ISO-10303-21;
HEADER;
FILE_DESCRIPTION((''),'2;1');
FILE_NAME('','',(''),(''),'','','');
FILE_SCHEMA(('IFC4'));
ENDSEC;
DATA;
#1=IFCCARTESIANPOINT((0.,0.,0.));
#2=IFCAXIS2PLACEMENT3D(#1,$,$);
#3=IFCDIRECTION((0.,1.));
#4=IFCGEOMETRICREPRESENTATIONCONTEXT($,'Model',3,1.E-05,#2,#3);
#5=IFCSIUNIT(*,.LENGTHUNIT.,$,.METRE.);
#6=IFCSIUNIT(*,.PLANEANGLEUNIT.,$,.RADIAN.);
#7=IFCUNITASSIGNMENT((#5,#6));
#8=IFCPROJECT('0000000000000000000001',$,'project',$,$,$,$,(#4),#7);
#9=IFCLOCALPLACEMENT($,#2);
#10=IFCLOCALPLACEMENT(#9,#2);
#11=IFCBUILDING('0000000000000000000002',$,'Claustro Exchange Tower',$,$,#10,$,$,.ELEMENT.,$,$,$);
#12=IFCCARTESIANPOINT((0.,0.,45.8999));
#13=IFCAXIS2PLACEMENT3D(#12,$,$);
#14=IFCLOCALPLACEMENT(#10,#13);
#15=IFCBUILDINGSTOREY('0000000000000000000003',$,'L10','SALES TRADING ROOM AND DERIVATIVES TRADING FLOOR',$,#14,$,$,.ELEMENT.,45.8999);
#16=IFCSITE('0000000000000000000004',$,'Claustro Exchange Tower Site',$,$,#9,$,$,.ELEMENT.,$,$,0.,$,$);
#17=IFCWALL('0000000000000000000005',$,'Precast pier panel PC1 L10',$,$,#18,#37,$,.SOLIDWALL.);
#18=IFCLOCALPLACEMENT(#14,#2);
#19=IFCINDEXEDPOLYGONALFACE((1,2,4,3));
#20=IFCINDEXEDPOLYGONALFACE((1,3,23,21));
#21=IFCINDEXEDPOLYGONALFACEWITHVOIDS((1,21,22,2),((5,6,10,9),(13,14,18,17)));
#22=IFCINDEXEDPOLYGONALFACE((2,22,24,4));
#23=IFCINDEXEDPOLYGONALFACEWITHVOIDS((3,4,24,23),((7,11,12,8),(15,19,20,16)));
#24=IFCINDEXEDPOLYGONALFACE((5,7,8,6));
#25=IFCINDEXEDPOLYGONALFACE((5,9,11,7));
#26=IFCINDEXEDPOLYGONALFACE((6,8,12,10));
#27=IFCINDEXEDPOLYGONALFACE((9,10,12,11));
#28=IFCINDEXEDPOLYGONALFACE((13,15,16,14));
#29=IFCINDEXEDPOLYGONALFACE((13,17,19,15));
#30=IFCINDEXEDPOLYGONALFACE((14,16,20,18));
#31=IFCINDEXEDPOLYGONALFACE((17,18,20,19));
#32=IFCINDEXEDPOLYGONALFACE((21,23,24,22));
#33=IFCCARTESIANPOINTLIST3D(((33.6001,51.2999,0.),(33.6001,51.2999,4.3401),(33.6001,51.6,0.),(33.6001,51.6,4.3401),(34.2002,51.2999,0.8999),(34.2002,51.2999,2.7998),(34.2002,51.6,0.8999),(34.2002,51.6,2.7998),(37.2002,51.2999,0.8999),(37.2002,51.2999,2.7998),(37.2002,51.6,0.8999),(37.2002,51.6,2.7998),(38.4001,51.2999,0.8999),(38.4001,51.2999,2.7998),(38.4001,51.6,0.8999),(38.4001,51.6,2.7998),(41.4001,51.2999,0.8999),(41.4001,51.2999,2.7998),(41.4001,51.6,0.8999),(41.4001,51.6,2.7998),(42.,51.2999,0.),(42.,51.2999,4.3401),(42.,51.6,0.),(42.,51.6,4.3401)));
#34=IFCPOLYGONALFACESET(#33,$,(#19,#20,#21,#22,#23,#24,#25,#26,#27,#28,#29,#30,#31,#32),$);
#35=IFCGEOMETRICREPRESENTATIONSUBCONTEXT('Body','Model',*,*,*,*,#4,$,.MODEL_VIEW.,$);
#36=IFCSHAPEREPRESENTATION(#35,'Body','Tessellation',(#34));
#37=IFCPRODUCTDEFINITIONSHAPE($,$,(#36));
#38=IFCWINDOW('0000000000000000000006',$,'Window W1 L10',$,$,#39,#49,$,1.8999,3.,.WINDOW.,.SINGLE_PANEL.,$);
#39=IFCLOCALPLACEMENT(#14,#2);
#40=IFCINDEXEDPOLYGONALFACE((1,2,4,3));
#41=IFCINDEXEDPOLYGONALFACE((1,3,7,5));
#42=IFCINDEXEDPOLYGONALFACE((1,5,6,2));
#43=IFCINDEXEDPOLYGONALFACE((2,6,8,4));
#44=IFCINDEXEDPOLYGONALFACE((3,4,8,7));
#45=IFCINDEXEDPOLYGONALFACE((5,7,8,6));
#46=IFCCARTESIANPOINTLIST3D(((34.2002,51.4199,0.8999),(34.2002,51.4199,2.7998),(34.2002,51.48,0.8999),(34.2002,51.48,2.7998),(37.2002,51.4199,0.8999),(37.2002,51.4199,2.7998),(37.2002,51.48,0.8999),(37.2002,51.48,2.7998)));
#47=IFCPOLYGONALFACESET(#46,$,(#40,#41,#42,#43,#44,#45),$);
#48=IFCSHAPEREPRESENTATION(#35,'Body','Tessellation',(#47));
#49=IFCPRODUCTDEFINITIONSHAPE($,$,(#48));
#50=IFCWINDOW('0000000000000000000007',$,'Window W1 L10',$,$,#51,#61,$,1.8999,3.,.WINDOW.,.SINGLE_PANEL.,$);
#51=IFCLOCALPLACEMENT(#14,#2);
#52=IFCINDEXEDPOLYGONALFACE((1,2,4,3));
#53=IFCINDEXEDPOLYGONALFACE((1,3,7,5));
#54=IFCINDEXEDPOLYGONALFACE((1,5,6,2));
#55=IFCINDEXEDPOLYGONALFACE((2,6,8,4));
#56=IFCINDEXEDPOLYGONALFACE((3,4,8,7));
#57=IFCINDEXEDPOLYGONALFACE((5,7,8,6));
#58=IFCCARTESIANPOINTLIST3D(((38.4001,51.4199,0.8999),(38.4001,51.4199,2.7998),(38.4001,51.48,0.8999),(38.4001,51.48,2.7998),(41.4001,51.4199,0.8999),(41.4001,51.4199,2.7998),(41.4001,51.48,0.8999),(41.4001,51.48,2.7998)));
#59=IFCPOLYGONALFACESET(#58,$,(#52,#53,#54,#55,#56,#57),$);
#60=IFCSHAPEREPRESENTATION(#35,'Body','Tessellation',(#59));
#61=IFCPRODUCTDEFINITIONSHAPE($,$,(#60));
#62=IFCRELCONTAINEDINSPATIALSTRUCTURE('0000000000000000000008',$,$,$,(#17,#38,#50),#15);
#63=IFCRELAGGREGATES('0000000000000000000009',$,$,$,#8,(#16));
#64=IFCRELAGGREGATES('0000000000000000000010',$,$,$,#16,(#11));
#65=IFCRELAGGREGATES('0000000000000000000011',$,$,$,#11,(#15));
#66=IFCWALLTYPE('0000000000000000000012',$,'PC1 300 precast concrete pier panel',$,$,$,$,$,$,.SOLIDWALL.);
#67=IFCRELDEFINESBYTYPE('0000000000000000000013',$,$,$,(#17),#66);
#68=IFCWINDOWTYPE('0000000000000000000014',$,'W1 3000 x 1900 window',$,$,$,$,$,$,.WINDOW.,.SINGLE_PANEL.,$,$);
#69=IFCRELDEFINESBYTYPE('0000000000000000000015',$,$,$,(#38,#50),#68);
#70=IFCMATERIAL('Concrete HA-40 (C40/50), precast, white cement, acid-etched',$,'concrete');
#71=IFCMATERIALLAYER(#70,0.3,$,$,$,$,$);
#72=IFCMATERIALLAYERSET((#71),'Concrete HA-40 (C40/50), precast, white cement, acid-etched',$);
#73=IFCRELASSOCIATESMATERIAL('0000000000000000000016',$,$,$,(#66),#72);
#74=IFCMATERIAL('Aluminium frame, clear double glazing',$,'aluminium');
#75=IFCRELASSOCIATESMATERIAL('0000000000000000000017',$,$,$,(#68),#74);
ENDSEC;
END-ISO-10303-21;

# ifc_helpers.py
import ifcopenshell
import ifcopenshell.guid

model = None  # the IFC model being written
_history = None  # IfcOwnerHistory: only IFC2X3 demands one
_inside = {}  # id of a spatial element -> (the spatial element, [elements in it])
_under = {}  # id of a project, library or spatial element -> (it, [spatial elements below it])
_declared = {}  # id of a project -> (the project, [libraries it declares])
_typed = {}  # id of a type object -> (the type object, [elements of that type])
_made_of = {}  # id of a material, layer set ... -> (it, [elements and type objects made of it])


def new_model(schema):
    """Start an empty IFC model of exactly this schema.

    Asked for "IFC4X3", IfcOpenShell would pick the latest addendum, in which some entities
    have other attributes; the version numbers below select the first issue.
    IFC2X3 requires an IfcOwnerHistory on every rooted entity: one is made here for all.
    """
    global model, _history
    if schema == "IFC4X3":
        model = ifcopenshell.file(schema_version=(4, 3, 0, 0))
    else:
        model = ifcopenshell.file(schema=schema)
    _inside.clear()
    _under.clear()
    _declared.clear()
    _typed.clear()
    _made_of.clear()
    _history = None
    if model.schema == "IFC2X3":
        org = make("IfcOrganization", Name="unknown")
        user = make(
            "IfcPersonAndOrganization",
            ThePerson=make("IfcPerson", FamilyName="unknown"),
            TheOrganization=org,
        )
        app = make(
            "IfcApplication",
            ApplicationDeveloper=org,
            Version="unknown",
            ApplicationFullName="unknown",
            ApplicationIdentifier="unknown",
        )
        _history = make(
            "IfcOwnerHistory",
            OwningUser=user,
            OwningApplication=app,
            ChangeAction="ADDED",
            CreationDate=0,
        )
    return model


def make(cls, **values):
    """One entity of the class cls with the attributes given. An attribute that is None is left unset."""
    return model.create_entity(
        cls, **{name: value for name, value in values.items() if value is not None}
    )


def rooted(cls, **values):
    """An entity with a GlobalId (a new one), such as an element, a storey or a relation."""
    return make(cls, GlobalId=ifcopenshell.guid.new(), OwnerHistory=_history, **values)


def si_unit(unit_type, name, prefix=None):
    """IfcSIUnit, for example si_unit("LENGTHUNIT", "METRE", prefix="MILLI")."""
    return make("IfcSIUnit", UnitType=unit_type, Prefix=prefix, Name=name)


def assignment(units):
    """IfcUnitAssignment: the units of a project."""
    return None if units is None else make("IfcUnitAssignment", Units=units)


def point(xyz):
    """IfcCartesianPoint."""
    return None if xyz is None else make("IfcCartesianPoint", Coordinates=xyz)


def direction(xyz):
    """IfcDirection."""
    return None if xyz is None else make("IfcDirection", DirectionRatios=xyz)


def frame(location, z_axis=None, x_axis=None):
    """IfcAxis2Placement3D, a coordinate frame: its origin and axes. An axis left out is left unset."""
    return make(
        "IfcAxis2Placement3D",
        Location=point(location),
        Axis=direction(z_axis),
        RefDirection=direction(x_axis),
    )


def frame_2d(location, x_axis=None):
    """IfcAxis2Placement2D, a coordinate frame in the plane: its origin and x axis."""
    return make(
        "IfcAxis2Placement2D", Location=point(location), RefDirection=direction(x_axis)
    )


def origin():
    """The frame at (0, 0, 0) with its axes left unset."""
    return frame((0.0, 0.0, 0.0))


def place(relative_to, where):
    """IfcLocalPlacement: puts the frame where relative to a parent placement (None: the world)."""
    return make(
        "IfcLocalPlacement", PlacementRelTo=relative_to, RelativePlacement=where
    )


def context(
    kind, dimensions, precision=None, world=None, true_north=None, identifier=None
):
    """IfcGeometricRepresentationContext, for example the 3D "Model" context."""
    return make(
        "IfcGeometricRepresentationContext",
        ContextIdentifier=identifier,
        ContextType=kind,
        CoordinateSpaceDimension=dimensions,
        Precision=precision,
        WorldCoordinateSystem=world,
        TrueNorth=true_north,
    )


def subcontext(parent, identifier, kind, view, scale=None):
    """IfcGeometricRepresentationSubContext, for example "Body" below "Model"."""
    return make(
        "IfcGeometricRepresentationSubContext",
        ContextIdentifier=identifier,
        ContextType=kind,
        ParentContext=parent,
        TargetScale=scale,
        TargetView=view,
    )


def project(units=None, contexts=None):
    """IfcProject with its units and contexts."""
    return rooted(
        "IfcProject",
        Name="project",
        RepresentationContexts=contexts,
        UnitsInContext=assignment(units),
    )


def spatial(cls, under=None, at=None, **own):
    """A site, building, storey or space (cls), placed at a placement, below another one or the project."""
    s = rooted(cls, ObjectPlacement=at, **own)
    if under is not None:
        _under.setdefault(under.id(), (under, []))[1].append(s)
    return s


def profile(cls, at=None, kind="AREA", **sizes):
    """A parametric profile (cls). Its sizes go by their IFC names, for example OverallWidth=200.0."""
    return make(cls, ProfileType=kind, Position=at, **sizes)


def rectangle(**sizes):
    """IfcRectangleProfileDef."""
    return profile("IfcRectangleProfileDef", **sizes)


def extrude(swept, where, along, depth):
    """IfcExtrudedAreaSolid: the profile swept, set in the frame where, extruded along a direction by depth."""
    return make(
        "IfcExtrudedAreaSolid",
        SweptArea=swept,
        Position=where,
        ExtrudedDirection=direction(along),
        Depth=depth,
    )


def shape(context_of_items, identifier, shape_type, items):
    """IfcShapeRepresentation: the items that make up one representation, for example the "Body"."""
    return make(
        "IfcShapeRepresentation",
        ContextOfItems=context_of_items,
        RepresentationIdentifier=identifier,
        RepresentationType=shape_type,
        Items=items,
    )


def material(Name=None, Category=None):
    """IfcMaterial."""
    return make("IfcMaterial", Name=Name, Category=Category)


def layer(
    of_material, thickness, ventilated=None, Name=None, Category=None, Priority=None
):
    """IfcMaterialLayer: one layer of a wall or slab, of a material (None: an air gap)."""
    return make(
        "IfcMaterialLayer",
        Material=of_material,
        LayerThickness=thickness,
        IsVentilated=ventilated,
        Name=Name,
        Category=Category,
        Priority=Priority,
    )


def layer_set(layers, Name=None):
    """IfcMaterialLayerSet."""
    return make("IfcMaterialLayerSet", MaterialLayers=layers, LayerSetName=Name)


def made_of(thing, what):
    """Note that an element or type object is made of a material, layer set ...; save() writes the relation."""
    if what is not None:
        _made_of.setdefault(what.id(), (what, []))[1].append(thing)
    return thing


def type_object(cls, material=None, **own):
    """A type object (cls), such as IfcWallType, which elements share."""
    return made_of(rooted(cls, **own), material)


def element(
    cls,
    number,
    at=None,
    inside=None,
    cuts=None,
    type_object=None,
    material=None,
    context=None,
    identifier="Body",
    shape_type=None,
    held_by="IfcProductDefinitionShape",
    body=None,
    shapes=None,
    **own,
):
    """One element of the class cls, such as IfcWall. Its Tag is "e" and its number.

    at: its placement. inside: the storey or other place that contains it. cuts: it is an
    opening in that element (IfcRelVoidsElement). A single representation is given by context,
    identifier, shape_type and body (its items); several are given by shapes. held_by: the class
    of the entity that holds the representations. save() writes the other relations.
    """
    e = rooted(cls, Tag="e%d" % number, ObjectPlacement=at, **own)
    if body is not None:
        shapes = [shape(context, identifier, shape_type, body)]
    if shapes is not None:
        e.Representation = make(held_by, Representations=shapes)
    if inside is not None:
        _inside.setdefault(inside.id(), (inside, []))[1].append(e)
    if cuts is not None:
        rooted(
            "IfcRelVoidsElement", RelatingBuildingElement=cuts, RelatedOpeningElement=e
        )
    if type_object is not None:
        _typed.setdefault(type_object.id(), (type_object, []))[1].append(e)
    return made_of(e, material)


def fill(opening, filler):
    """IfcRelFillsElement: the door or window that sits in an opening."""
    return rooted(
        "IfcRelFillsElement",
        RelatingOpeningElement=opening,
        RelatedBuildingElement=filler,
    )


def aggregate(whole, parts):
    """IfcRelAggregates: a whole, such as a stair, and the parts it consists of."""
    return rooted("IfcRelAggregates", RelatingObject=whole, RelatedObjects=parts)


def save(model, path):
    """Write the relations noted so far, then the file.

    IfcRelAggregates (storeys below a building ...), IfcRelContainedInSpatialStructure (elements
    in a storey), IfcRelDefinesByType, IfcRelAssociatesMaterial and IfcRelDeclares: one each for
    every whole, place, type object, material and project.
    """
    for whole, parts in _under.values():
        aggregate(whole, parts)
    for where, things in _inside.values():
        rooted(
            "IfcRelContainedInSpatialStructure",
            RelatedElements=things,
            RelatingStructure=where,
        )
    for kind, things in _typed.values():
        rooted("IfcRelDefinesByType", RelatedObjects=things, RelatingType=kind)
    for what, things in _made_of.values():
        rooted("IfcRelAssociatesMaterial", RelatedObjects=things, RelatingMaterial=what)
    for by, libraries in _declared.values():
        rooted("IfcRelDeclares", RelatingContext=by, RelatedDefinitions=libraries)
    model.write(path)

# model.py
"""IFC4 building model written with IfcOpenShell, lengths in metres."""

from ifc_helpers import new_model, si_unit, direction, frame, frame_2d, origin, place, context, subcontext, project, spatial, rectangle, extrude, material, layer, layer_set, type_object, element, fill, save


model = new_model("IFC4")

# Units and contexts
model_context = context("Model", 3, precision=1e-05, world=origin(), true_north=direction((0.0, 1.0)))
body_context = subcontext(model_context, "Body", "Model", "MODEL_VIEW")
ifc_project = project(units=[si_unit("LENGTHUNIT", "METRE"), si_unit("PLANEANGLEUNIT", "RADIAN")], contexts=[model_context])

# Site, building, storey
site_placement = place(None, origin())
site = spatial("IfcSite", under=ifc_project, at=site_placement, Name="Claustro Exchange Tower Site", CompositionType="ELEMENT", RefElevation=0.0)
building_placement = place(site_placement, origin())
building = spatial("IfcBuilding", under=site, at=building_placement, Name="Claustro Exchange Tower", CompositionType="ELEMENT")
storey_placement = place(building_placement, frame((0.0, 0.0, 45.8999)))
storey = spatial("IfcBuildingStorey", under=building, at=storey_placement, Name="L10", Description="SALES TRADING ROOM AND DERIVATIVES TRADING FLOOR", CompositionType="ELEMENT", Elevation=45.8999)

# Wall, openings, windows
ifc_material_1 = material(Name="Concrete HA-40 (C40/50), precast, white cement, acid-etched", Category="concrete")
ifc_layer_1 = layer(ifc_material_1, 0.3)
ifc_layer_set_1 = layer_set([ifc_layer_1], Name="Concrete HA-40 (C40/50), precast, white cement, acid-etched")
wall_type_1 = type_object("IfcWallType", Name="PC1 300 precast concrete pier panel", PredefinedType="SOLIDWALL", material=ifc_layer_set_1)
ifc_material_2 = material(Name="Aluminium frame, clear double glazing", Category="aluminium")
window_type = type_object("IfcWindowType", Name="W1 3000 x 1900 window", PartitioningType="SINGLE_PANEL", PredefinedType="WINDOW", material=ifc_material_2)
wall_1_placement = place(storey_placement, frame((33.6001, 51.45, 0.0), z_axis=(0.0, 0.0, 1.0), x_axis=(1.0, 0.0, 0.0)))
wall_1 = element("IfcWall", 1, at=wall_1_placement, inside=storey, type_object=wall_type_1, Name="Precast pier panel PC1 L10", PredefinedType="SOLIDWALL", context=body_context, shape_type="SweptSolid", body=[
    extrude(rectangle(XDim=8.3999, YDim=0.3, at=frame_2d((4.2, 0.0))), origin(), (0.0, 0.0, 1.0), 4.3401),
])
opening_1_placement = place(wall_1_placement, frame((0.6001, 0.0, 0.8999)))
opening_1 = element("IfcOpeningElement", 2, at=opening_1_placement, cuts=wall_1, PredefinedType="OPENING", context=body_context, shape_type="SweptSolid", body=[
    extrude(rectangle(XDim=3.0, YDim=1.8999, at=frame_2d((1.5, 0.95))), frame((0.0, 0.1599, 0.0), z_axis=(0.0, -1.0, 0.0), x_axis=(1.0, 0.0, 0.0)), (0.0, 0.0, 1.0), 0.3201),
])
opening_2_placement = place(wall_1_placement, frame((4.8, 0.0, 0.8999)))
opening_2 = element("IfcOpeningElement", 3, at=opening_2_placement, cuts=wall_1, PredefinedType="OPENING", context=body_context, shape_type="SweptSolid", body=[
    extrude(rectangle(XDim=3.0, YDim=1.8999, at=frame_2d((1.5, 0.95))), frame((0.0, 0.1599, 0.0), z_axis=(0.0, -1.0, 0.0), x_axis=(1.0, 0.0, 0.0)), (0.0, 0.0, 1.0), 0.3201),
])
window_1_placement = place(opening_1_placement, origin())
window_1 = element("IfcWindow", 4, at=window_1_placement, inside=storey, type_object=window_type, Name="Window W1 L10", OverallHeight=1.8999, OverallWidth=3.0, PartitioningType="SINGLE_PANEL", PredefinedType="WINDOW", context=body_context, shape_type="SweptSolid", body=[
    extrude(rectangle(XDim=3.0, YDim=1.8999, at=frame_2d((1.5, 0.95))), frame((0.0, 0.03, 0.0), z_axis=(0.0, -1.0, 0.0), x_axis=(1.0, 0.0, 0.0)), (0.0, 0.0, 1.0), 0.0601),
])
fill(opening_1, window_1)
window_2_placement = place(opening_2_placement, origin())
window_2 = element("IfcWindow", 5, at=window_2_placement, inside=storey, type_object=window_type, Name="Window W1 L10", OverallHeight=1.8999, OverallWidth=3.0, PartitioningType="SINGLE_PANEL", PredefinedType="WINDOW", context=body_context, shape_type="SweptSolid", body=[
    extrude(rectangle(XDim=3.0, YDim=1.8999, at=frame_2d((1.5, 0.95))), frame((0.0, 0.03, 0.0), z_axis=(0.0, -1.0, 0.0), x_axis=(1.0, 0.0, 0.0)), (0.0, 0.0, 1.0), 0.0601),
])
fill(opening_2, window_2)

save(model, "model.ifc")
